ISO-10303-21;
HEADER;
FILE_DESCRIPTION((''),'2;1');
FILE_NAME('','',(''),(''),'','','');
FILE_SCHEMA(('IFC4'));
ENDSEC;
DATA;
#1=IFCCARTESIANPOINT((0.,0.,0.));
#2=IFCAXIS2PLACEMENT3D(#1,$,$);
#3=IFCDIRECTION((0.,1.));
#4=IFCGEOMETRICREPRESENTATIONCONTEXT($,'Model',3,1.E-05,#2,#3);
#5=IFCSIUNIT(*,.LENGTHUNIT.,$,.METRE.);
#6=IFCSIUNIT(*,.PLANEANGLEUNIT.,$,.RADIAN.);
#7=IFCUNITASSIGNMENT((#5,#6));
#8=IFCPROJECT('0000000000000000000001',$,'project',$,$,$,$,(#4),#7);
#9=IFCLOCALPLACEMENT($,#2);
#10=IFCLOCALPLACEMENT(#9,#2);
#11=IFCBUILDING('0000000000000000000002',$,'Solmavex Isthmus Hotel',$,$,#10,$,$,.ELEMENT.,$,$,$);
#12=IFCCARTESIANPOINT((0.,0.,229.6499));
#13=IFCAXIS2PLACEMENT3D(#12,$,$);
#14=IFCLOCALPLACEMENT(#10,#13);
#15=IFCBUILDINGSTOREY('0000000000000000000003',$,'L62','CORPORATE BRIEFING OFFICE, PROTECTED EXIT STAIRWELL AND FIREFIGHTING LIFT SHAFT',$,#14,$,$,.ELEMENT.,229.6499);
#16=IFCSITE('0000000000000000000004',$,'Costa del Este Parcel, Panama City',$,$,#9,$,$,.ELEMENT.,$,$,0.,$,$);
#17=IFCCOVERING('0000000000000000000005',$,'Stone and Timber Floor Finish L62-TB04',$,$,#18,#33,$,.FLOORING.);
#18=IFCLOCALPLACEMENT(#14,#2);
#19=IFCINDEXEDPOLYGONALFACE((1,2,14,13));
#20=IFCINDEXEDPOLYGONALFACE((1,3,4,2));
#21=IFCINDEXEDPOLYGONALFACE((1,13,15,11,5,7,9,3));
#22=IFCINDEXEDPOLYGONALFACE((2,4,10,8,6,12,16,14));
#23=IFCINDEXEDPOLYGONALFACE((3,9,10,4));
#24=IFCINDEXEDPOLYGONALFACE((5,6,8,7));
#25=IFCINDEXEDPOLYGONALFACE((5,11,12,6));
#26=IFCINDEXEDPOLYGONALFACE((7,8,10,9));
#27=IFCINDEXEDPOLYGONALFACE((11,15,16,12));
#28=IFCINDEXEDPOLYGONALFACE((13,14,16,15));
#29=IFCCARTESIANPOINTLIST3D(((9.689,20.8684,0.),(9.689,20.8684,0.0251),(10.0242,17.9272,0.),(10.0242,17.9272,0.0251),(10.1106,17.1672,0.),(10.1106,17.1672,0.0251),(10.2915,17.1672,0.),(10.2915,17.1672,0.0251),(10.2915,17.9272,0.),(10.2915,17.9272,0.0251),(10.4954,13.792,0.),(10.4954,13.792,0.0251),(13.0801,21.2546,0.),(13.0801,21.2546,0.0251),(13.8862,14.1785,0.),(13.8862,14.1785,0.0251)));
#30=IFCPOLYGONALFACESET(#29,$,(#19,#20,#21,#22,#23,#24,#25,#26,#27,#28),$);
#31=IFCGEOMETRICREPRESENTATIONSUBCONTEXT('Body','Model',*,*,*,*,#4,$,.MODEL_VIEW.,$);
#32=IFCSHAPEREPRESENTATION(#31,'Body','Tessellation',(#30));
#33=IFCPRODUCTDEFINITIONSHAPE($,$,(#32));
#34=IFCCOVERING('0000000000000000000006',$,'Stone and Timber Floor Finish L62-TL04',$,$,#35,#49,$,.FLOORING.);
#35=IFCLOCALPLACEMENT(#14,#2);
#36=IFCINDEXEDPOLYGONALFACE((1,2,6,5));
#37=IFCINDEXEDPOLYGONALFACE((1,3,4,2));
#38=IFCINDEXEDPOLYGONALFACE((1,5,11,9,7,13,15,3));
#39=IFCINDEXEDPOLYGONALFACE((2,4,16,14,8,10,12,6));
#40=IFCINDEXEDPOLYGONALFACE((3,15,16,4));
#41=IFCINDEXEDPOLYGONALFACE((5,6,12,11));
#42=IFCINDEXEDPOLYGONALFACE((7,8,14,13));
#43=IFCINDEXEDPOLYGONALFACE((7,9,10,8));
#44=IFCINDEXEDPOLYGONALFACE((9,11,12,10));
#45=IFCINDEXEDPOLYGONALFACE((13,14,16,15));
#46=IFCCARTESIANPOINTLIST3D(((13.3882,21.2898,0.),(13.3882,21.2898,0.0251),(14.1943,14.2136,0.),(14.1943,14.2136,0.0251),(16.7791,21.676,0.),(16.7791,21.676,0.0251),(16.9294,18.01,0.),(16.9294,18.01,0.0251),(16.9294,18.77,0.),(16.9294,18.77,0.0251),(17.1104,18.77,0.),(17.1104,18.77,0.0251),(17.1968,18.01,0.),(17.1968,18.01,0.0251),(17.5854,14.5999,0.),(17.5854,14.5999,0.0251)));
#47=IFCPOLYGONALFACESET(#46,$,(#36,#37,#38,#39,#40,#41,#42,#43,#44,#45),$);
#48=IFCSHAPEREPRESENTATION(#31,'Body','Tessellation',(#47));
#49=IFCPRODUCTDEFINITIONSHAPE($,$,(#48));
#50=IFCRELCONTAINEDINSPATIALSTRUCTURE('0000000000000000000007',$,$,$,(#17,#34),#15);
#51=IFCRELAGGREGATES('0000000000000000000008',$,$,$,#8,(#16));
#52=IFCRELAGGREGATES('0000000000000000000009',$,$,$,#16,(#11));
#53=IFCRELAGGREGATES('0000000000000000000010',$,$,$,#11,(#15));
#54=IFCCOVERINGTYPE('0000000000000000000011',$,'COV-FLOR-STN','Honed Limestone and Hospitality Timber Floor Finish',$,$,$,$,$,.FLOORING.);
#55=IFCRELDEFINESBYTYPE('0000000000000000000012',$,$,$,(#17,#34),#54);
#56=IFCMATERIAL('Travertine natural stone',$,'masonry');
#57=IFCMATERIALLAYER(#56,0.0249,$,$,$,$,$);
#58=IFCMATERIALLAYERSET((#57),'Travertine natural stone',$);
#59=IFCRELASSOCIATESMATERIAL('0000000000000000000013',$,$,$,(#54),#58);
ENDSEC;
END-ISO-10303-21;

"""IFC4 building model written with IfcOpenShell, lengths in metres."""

from ifc_helpers import new_model, si_unit, direction, frame, origin, place, context, subcontext, project, spatial, polyline, outline, extrude, material, layer, layer_set, type_object, element, save


model = new_model("IFC4")

# Units and contexts
model_context = context("Model", 3, precision=1e-05, world=origin(), true_north=direction((0.0, 1.0)))
body_context = subcontext(model_context, "Body", "Model", "MODEL_VIEW")
ifc_project = project(units=[si_unit("LENGTHUNIT", "METRE"), si_unit("PLANEANGLEUNIT", "RADIAN")], contexts=[model_context])

# Site, building, storey
site_placement = place(None, origin())
site = spatial("IfcSite", under=ifc_project, at=site_placement, Name="Costa del Este Parcel, Panama City", CompositionType="ELEMENT", RefElevation=0.0)
building_placement = place(site_placement, origin())
building = spatial("IfcBuilding", under=site, at=building_placement, Name="Solmavex Isthmus Hotel", CompositionType="ELEMENT")
storey_placement = place(building_placement, frame((0.0, 0.0, 229.6499)))
storey = spatial("IfcBuildingStorey", under=building, at=storey_placement, Name="L62", Description="CORPORATE BRIEFING OFFICE, PROTECTED EXIT STAIRWELL AND FIREFIGHTING LIFT SHAFT", CompositionType="ELEMENT", Elevation=229.6499)

# Coverings
ifc_material_1 = material(Name="Travertine natural stone", Category="masonry")
ifc_layer_1 = layer(ifc_material_1, 0.0249)
ifc_layer_set_1 = layer_set([ifc_layer_1], Name="Travertine natural stone")
covering_type_1 = type_object("IfcCoveringType", Name="COV-FLOR-STN", Description="Honed Limestone and Hospitality Timber Floor Finish", PredefinedType="FLOORING", material=ifc_layer_set_1)
covering_1_placement = place(storey_placement, origin())
element("IfcCovering", 1, at=covering_1_placement, inside=storey, type_object=covering_type_1, Name="Stone and Timber Floor Finish L62-TB04", PredefinedType="FLOORING", context=body_context, shape_type="SweptSolid", body=[
    extrude(outline(polyline([(10.0242, 17.9272), (10.2915, 17.9272), (10.2915, 17.1672), (10.1106, 17.1672), (10.4954, 13.792), (13.8862, 14.1785), (13.0801, 21.2546), (9.689, 20.8684), (10.0242, 17.9272)])), origin(), (0.0, 0.0, 1.0), 0.0251),
])
covering_2_placement = place(storey_placement, origin())
element("IfcCovering", 2, at=covering_2_placement, inside=storey, type_object=covering_type_1, Name="Stone and Timber Floor Finish L62-TL04", PredefinedType="FLOORING", context=body_context, shape_type="SweptSolid", body=[
    extrude(outline(polyline([(17.1968, 18.01), (16.9294, 18.01), (16.9294, 18.77), (17.1104, 18.77), (16.7791, 21.676), (13.3882, 21.2898), (14.1943, 14.2136), (17.5854, 14.5999), (17.1968, 18.01)])), origin(), (0.0, 0.0, 1.0), 0.0251),
])

save(model, "model.ifc")
